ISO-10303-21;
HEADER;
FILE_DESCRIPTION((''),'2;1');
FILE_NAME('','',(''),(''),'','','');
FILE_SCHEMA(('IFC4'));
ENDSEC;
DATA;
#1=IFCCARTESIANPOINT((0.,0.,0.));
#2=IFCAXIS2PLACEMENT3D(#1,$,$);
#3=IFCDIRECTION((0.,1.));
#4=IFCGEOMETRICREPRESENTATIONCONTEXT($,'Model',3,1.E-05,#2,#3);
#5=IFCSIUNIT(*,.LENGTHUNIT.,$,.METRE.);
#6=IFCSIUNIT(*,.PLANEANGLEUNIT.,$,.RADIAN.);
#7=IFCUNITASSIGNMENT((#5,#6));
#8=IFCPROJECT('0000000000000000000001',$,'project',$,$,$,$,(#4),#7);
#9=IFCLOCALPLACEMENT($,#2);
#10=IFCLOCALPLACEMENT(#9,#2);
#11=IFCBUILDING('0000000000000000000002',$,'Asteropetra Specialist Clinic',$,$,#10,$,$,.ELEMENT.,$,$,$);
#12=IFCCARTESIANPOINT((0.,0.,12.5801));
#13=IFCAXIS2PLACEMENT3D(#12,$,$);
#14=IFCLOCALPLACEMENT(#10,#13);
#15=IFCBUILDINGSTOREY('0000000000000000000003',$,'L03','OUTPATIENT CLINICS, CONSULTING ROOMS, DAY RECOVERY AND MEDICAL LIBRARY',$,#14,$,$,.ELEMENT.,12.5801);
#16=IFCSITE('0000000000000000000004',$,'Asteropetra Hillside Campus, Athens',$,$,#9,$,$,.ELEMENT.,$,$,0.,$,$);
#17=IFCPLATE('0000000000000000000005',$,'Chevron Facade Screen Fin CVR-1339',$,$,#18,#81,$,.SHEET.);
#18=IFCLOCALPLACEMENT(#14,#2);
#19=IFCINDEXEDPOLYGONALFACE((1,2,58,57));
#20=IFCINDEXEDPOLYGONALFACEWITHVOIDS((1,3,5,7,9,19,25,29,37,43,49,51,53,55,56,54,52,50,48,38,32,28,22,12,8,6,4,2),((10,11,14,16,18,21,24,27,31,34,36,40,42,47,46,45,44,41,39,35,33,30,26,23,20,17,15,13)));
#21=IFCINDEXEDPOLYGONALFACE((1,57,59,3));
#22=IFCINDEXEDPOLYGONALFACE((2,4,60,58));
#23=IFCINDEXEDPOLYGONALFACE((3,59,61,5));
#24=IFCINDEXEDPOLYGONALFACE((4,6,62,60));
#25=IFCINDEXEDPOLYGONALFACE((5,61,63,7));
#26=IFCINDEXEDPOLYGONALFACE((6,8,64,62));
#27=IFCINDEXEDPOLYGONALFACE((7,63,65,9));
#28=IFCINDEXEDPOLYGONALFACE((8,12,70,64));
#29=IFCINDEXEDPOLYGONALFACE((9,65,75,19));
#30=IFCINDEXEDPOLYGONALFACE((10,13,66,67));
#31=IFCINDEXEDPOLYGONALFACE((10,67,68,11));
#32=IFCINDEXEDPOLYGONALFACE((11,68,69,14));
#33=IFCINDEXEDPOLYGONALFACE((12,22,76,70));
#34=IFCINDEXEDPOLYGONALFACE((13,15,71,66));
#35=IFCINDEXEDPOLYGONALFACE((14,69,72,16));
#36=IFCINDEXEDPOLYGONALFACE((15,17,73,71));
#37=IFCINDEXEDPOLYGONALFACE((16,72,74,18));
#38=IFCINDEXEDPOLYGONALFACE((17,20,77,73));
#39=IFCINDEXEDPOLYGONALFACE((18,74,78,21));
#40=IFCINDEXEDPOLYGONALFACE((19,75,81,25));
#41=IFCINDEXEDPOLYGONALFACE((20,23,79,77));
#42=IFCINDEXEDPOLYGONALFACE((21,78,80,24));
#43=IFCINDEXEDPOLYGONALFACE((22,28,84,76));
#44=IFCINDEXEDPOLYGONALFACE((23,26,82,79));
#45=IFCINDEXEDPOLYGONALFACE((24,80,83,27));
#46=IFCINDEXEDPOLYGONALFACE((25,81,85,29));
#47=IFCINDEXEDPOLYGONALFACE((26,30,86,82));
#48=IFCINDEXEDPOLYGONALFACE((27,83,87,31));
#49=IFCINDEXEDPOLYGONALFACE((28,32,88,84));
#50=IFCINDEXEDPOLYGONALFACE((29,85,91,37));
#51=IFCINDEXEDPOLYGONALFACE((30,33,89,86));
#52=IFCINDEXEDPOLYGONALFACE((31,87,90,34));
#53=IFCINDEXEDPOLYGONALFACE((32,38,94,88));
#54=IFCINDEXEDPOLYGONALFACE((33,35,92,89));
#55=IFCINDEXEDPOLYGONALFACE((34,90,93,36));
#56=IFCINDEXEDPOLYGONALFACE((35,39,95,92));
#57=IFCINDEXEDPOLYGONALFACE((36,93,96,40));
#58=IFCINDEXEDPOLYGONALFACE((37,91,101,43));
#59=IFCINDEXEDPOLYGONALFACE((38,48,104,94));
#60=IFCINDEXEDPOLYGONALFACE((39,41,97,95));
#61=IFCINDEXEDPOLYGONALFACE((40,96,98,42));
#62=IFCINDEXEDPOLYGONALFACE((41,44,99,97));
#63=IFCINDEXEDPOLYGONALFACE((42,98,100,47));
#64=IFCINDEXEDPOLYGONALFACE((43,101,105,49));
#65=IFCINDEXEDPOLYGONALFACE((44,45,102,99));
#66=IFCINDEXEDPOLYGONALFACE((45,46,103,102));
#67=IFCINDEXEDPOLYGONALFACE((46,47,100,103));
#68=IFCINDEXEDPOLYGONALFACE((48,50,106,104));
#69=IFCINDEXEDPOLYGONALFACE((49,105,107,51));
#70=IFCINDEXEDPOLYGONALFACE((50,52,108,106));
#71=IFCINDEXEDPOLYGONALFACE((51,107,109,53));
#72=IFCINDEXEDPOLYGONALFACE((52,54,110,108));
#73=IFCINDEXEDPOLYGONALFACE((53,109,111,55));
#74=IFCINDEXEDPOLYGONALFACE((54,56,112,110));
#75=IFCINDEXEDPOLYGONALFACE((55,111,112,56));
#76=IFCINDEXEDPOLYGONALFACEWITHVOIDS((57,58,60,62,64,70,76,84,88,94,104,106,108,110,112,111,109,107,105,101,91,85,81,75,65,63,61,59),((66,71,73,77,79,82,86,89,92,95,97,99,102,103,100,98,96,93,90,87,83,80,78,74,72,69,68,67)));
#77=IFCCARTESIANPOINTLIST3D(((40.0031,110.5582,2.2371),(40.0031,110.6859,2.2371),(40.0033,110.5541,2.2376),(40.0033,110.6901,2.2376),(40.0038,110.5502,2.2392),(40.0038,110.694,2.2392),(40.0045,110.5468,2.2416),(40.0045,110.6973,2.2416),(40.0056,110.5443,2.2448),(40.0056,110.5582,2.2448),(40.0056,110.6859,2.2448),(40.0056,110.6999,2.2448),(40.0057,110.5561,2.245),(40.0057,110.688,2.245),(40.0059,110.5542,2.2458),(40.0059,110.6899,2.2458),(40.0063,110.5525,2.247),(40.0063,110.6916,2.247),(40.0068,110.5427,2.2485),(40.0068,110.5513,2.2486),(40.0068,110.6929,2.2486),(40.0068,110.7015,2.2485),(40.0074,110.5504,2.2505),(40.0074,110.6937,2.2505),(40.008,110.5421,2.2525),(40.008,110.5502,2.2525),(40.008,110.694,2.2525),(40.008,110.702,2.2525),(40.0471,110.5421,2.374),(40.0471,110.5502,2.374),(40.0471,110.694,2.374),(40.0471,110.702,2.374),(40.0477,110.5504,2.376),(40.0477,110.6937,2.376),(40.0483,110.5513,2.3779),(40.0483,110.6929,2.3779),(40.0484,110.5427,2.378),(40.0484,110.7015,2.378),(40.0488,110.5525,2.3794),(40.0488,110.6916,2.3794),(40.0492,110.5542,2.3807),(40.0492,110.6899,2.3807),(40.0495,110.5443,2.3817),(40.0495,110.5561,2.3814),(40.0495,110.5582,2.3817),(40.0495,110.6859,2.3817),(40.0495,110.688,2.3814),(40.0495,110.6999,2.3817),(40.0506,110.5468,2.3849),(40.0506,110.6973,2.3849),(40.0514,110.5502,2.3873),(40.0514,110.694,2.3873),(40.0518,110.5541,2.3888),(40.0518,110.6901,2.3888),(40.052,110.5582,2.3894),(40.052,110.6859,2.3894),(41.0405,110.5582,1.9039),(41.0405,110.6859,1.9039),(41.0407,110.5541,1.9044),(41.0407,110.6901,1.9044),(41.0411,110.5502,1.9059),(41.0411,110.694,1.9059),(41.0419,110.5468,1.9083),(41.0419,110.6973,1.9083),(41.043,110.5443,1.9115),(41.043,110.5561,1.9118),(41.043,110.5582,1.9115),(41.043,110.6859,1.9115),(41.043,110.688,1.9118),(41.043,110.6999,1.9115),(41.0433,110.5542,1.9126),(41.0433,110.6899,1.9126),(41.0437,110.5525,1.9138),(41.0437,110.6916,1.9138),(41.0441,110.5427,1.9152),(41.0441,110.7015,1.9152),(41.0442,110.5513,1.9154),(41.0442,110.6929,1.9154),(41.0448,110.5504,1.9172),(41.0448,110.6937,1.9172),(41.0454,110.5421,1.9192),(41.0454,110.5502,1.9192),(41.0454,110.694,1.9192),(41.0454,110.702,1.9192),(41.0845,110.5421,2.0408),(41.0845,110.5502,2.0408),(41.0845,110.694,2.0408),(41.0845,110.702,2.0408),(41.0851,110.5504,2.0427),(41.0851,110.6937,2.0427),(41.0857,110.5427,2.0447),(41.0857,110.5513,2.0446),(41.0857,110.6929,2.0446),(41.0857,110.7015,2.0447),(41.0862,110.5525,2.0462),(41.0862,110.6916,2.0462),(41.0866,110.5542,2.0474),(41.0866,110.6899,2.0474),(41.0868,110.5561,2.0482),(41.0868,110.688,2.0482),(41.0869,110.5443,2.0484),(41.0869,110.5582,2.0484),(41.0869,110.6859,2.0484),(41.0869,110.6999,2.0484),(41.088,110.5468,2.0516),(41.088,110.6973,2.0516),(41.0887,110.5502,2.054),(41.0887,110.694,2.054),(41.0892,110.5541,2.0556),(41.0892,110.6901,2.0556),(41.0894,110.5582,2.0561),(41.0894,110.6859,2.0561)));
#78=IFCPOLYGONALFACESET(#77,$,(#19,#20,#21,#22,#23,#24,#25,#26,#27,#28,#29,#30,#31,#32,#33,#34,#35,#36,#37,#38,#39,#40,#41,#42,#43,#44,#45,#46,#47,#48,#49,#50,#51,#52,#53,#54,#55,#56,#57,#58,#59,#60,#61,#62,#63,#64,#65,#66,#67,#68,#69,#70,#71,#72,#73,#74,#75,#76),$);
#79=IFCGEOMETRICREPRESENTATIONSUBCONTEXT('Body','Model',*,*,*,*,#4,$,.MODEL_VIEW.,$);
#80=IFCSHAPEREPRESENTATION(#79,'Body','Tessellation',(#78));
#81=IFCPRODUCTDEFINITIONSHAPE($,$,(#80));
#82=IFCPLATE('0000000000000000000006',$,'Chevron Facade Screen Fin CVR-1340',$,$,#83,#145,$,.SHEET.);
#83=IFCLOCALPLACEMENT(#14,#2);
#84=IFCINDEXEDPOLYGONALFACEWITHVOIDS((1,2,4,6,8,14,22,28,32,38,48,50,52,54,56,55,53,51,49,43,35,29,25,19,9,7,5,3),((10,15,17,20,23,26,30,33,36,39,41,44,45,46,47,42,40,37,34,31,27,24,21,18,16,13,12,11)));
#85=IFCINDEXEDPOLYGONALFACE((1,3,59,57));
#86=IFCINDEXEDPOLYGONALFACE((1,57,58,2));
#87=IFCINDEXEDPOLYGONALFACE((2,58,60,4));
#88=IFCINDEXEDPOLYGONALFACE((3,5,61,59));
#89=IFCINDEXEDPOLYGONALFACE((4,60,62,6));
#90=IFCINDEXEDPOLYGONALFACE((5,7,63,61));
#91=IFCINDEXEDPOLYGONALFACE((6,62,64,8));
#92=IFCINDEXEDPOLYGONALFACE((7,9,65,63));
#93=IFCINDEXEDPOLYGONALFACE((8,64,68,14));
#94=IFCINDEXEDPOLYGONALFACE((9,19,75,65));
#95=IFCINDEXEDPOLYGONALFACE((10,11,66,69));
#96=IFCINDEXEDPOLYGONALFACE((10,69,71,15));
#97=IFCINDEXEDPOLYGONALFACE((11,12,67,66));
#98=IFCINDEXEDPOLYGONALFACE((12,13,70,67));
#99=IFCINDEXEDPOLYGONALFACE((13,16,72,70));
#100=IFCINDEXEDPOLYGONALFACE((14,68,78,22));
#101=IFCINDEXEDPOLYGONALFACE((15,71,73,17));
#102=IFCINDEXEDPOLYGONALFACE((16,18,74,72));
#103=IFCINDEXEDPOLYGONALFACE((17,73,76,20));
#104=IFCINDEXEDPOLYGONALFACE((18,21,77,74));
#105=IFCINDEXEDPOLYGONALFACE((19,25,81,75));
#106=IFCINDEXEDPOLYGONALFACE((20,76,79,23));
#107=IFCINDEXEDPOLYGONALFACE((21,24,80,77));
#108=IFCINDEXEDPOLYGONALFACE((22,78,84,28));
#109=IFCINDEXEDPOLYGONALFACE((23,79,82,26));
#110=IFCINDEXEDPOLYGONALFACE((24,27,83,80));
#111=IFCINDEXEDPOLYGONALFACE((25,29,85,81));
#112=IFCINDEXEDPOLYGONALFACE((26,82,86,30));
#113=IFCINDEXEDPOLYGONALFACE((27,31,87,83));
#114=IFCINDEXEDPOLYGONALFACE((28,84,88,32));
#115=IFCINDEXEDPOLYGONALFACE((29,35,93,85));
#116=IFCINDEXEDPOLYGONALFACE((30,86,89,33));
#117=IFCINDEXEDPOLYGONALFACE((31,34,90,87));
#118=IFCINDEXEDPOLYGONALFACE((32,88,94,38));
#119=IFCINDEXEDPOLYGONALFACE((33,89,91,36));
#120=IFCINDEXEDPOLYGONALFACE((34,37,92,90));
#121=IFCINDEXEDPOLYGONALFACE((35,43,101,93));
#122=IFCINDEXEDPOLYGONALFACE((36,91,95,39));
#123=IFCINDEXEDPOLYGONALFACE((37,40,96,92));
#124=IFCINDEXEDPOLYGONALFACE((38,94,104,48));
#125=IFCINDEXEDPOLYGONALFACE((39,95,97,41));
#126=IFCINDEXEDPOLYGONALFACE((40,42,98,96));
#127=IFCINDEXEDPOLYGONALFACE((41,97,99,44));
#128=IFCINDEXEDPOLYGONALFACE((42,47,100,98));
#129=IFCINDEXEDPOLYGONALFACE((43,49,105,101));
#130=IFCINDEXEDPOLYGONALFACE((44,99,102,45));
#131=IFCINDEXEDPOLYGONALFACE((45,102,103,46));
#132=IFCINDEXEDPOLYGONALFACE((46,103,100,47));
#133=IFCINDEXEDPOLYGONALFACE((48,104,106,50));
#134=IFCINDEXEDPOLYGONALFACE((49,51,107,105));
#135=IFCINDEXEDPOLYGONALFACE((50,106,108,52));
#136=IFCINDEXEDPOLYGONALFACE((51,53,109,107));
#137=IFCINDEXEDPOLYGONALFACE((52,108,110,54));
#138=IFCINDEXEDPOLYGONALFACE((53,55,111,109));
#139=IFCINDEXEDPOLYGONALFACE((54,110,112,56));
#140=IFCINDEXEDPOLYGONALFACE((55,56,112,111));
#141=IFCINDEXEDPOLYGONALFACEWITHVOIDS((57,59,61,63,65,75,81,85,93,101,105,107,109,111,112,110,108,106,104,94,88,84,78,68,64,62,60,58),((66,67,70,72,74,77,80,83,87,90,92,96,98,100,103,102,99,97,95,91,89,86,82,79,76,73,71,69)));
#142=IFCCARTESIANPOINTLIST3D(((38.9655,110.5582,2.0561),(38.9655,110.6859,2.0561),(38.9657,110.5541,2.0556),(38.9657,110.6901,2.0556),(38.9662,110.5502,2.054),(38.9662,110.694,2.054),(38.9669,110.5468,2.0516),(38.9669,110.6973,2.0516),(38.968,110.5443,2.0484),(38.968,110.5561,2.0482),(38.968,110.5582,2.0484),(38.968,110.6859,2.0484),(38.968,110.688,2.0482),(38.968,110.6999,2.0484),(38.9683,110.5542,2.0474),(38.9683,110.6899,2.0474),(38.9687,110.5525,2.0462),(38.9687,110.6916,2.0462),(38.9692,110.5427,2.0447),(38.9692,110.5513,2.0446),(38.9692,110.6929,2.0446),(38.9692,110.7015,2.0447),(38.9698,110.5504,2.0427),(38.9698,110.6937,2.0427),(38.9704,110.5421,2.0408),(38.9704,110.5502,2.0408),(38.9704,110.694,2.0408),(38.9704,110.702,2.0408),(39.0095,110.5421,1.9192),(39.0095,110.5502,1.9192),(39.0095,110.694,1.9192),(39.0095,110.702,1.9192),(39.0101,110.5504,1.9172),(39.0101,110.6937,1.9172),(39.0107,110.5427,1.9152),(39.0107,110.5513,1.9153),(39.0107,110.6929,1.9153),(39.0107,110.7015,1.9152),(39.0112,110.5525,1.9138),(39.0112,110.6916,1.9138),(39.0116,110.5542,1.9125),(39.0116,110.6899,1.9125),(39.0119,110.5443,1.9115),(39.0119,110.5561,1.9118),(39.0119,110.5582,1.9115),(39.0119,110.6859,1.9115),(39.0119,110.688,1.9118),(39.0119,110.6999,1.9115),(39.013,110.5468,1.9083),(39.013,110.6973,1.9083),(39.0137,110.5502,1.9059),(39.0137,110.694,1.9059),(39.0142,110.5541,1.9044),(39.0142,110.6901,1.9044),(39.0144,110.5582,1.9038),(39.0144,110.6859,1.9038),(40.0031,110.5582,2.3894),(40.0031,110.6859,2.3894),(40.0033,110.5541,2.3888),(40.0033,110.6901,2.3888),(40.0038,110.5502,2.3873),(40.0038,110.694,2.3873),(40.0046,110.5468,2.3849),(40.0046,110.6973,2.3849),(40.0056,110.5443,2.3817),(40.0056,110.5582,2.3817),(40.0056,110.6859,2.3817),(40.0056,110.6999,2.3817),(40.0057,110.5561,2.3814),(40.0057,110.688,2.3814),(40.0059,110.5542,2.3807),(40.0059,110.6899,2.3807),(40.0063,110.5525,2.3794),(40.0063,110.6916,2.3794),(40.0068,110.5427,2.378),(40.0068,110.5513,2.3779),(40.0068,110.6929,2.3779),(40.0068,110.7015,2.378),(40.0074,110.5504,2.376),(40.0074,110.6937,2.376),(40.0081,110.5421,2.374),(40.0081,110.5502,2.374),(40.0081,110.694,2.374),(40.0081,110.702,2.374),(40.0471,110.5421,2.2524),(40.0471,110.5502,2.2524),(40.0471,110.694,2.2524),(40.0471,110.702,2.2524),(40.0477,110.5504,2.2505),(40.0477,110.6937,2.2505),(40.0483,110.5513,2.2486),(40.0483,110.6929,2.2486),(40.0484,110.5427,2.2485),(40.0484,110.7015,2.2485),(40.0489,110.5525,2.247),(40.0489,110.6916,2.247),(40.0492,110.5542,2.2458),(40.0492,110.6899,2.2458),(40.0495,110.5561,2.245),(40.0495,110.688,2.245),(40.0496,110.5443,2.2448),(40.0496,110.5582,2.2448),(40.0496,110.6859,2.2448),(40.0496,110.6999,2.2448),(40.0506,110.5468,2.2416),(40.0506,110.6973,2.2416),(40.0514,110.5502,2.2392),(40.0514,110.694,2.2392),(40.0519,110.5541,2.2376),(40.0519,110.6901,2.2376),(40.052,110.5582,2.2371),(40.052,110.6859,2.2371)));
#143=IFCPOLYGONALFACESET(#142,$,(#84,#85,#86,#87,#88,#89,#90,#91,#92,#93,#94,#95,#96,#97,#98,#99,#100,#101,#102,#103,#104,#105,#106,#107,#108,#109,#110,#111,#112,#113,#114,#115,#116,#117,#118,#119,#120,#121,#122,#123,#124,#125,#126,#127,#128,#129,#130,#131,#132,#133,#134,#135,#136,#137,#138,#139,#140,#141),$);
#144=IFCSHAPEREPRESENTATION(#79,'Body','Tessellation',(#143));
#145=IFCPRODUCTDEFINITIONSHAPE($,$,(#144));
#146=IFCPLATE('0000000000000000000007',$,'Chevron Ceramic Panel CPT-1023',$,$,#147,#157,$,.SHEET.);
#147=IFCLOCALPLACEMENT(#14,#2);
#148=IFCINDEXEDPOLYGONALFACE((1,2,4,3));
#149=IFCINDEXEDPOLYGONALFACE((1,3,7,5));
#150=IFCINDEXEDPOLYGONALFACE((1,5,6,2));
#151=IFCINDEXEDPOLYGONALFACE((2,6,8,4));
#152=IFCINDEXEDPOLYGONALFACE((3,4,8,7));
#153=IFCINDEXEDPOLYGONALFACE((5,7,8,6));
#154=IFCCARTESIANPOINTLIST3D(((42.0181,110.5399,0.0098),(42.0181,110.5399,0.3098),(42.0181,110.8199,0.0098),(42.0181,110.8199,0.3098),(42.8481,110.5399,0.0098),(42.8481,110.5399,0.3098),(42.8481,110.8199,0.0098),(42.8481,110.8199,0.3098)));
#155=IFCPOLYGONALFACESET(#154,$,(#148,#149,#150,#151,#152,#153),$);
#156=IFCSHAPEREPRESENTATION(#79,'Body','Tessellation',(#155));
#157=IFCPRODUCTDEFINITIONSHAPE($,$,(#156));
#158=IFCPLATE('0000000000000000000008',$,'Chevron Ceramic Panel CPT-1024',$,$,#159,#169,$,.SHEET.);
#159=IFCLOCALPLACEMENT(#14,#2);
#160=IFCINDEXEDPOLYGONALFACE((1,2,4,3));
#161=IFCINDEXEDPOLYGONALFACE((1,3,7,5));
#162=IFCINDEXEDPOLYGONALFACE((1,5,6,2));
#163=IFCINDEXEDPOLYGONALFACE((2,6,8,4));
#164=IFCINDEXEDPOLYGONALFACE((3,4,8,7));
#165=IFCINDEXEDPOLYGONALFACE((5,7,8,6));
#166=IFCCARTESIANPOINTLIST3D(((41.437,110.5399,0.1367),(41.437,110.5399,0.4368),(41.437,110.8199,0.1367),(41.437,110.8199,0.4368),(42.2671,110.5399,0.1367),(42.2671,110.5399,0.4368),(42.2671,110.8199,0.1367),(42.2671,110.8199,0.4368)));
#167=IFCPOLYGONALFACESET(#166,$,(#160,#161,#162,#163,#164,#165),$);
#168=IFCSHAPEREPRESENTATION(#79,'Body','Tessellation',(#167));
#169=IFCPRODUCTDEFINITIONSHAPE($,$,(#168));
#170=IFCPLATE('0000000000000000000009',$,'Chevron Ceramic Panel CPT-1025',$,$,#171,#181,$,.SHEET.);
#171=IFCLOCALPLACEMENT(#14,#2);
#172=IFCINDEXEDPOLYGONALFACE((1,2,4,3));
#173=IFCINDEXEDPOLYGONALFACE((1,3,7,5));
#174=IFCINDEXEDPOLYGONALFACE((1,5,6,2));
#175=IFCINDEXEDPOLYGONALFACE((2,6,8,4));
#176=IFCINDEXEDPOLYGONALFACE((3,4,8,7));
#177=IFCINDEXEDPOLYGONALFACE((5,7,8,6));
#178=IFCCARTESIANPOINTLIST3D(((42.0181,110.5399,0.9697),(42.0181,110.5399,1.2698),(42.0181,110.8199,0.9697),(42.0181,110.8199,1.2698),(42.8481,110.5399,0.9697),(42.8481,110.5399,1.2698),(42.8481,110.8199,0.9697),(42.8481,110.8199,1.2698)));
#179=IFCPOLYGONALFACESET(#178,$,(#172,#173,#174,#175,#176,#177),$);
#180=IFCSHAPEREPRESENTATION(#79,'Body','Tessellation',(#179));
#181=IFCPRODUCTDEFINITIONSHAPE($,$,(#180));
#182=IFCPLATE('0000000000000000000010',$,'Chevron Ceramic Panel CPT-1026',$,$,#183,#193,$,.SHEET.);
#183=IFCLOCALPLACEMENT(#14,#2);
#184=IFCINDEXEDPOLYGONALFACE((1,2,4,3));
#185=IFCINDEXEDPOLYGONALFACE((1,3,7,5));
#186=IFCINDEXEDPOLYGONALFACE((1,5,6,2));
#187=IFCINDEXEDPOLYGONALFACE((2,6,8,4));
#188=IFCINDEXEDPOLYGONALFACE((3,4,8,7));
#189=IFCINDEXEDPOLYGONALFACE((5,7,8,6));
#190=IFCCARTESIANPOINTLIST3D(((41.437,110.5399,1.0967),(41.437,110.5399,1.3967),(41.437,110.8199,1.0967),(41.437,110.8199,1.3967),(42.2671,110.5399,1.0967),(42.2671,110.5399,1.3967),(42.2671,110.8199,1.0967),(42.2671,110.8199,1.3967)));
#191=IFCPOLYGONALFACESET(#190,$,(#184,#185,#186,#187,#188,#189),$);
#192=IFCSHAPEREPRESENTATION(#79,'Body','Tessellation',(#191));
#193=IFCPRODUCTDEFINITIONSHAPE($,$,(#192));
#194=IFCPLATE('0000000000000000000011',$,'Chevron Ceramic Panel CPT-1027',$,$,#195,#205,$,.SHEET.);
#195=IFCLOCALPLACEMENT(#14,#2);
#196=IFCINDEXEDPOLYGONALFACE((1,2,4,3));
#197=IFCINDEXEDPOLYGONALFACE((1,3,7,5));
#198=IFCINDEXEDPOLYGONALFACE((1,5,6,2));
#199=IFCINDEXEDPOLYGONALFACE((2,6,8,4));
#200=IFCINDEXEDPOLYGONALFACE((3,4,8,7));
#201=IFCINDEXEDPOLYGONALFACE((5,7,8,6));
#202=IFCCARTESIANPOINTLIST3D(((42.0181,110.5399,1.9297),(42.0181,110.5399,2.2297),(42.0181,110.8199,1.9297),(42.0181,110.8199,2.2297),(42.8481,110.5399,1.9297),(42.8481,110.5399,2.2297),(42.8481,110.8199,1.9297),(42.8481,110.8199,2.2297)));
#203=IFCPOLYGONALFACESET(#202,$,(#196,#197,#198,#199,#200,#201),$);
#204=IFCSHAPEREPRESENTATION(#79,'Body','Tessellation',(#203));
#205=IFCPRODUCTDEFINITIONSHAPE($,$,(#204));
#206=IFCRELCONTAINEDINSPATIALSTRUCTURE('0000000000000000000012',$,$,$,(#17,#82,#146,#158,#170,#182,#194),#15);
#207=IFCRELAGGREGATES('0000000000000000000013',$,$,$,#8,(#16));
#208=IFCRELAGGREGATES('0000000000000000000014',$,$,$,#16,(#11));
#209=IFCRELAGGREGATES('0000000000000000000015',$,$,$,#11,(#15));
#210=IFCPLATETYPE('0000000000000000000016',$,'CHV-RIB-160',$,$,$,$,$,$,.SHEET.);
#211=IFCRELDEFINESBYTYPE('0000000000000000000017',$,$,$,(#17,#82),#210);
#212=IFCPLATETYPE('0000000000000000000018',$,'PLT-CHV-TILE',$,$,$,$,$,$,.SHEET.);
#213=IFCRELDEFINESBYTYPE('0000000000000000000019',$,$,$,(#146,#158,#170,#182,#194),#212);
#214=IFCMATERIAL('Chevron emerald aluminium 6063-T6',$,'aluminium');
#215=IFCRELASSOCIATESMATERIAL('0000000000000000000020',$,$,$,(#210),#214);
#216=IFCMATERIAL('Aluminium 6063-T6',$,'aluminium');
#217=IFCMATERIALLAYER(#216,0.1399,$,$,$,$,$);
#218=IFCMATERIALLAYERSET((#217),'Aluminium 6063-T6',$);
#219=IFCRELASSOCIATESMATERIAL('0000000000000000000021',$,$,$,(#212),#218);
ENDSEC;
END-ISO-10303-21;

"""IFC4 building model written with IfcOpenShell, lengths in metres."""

from ifc_helpers import new_model, si_unit, direction, frame, origin, origin_2d, place, context, subcontext, project, spatial, rectangle, hollow_rectangle, extrude, material, layer, layer_set, material_profile, profile_set, type_object, element, save


model = new_model("IFC4")

# Units and contexts
model_context = context("Model", 3, precision=1e-05, world=origin(), true_north=direction((0.0, 1.0)))
body_context = subcontext(model_context, "Body", "Model", "MODEL_VIEW")
ifc_project = project(units=[si_unit("LENGTHUNIT", "METRE"), si_unit("PLANEANGLEUNIT", "RADIAN")], contexts=[model_context])

# Site, building, storey
site_placement = place(None, origin())
site = spatial("IfcSite", under=ifc_project, at=site_placement, Name="Asteropetra Hillside Campus, Athens", CompositionType="ELEMENT", RefElevation=0.0)
building_placement = place(site_placement, origin())
building = spatial("IfcBuilding", under=site, at=building_placement, Name="Asteropetra Specialist Clinic", CompositionType="ELEMENT")
storey_placement = place(building_placement, frame((0.0, 0.0, 12.5801)))
storey = spatial("IfcBuildingStorey", under=building, at=storey_placement, Name="L03", Description="OUTPATIENT CLINICS, CONSULTING ROOMS, DAY RECOVERY AND MEDICAL LIBRARY", CompositionType="ELEMENT", Elevation=12.5801)

# Plates
ifc_material_1 = material(Name="Chevron emerald aluminium 6063-T6", Category="aluminium")
ifc_material_profile = material_profile(ifc_material_1, hollow_rectangle(XDim=0.1599, YDim=0.1599, WallThickness=0.0081, InnerFilletRadius=0.0081, OuterFilletRadius=0.0161, at=origin_2d()), Name="SHS 160x160x8.0")
ifc_profile_set = profile_set([ifc_material_profile], Name="Chevron emerald aluminium 6063-T6")
plate_type_1 = type_object("IfcPlateType", Name="CHV-RIB-160", PredefinedType="SHEET", material=ifc_profile_set)
plate_1_placement = place(storey_placement, frame((41.0649, 110.6221, 1.98), z_axis=(-0.952078, 0.0, 0.305857), x_axis=(0.0, -1.0, 0.0)))
element("IfcPlate", 1, at=plate_1_placement, inside=storey, type_object=plate_type_1, Name="Chevron Facade Screen Fin CVR-1339", PredefinedType="SHEET", context=body_context, shape_type="SweptSolid", body=[
    extrude(hollow_rectangle(XDim=0.1599, YDim=0.1599, WallThickness=0.0081, InnerFilletRadius=0.0081, OuterFilletRadius=0.0161, at=origin_2d()), origin(), (0.0, 0.0, 1.0), 1.0896),
])
plate_2_placement = place(storey_placement, frame((40.0276, 110.6221, 2.3132), z_axis=(-0.952098, 0.0, -0.305792), x_axis=(0.0, -1.0, 0.0)))
element("IfcPlate", 2, at=plate_2_placement, inside=storey, type_object=plate_type_1, Name="Chevron Facade Screen Fin CVR-1340", PredefinedType="SHEET", context=body_context, shape_type="SweptSolid", body=[
    extrude(hollow_rectangle(XDim=0.1599, YDim=0.1599, WallThickness=0.0081, InnerFilletRadius=0.0081, OuterFilletRadius=0.0161, at=origin_2d()), origin(), (0.0, 0.0, 1.0), 1.0898),
])
ifc_material_2 = material(Name="Aluminium 6063-T6", Category="aluminium")
ifc_layer_1 = layer(ifc_material_2, 0.1399)
ifc_layer_set_1 = layer_set([ifc_layer_1], Name="Aluminium 6063-T6")
plate_type_2 = type_object("IfcPlateType", Name="PLT-CHV-TILE", PredefinedType="SHEET", material=ifc_layer_set_1)
for number, where, z_axis, x_axis, name in (
    (3, (42.4331, 110.6799, 0.0098), (0.0, 0.0, 1.0), (1.0, 0.0, 0.0), "Chevron Ceramic Panel CPT-1023"),
    (4, (41.8521, 110.6799, 0.1367), (0.0, 0.0, 1.0), (1.0, 0.0, 0.0), "Chevron Ceramic Panel CPT-1024"),
    (5, (42.4331, 110.6799, 0.9697), (0.0, 0.0, 1.0), (1.0, 0.0, 0.0), "Chevron Ceramic Panel CPT-1025"),
    (6, (41.8521, 110.6799, 1.0967), (0.0, 0.0, 1.0), (1.0, 0.0, 0.0), "Chevron Ceramic Panel CPT-1026"),
    (7, (42.4331, 110.6799, 1.9297), (0.0, 0.0, 1.0), (1.0, 0.0, 0.0), "Chevron Ceramic Panel CPT-1027"),
):
    element("IfcPlate", number, at=place(storey_placement, frame(where, z_axis=z_axis, x_axis=x_axis)), inside=storey, type_object=plate_type_2, Name=name, PredefinedType="SHEET", context=body_context, shape_type="SweptSolid", body=[
        extrude(rectangle(XDim=0.8301, YDim=0.28, at=origin_2d()), origin(), (0.0, 0.0, 1.0), 0.3),
    ])

save(model, "model.ifc")
